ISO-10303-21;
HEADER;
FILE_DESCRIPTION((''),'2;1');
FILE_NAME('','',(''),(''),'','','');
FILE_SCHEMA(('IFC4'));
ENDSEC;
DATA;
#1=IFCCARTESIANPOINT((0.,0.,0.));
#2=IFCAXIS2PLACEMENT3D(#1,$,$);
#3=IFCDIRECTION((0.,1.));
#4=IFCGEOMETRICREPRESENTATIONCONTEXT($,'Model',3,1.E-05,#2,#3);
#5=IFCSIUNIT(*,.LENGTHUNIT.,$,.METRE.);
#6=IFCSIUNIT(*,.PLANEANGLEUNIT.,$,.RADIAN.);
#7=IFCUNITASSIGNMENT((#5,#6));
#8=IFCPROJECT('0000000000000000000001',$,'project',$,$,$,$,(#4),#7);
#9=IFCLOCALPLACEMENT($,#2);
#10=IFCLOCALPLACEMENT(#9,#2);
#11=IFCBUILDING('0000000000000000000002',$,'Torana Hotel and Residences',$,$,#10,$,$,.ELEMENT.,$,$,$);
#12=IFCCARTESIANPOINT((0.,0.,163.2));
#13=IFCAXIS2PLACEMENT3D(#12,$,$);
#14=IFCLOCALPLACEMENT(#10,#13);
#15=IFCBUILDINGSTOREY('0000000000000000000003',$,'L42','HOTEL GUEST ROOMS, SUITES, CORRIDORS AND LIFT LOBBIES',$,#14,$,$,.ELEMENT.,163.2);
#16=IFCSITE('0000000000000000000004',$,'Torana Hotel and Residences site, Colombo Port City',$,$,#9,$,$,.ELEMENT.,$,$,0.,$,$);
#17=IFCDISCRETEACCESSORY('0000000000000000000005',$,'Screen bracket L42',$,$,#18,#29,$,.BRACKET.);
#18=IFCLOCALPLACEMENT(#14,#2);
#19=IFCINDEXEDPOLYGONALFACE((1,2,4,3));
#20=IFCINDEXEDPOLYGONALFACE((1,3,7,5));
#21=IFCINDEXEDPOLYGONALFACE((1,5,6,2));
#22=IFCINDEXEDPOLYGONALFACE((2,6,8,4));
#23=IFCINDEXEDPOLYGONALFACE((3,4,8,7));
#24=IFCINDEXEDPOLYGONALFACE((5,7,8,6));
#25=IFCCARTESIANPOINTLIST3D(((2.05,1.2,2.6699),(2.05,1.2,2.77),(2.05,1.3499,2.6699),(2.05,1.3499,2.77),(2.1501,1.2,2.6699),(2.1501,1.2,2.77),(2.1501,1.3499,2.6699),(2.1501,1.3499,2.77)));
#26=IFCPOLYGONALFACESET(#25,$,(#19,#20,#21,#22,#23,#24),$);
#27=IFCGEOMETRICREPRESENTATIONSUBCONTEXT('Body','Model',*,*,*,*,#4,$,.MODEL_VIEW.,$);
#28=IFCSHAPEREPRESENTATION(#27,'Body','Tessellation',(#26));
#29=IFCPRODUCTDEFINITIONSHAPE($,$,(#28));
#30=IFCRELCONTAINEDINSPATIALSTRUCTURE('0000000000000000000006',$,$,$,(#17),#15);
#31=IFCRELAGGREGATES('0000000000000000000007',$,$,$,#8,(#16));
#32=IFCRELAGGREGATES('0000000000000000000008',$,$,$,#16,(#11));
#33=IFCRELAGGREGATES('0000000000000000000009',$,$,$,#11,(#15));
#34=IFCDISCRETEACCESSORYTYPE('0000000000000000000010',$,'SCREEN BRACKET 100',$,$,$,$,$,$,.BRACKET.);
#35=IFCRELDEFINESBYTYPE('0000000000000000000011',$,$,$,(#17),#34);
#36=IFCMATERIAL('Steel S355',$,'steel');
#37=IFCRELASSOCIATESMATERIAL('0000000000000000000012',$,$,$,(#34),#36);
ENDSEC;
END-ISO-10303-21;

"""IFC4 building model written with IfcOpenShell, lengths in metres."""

from ifc_helpers import new_model, si_unit, direction, frame, origin, origin_2d, place, context, subcontext, project, spatial, rectangle, extrude, material, type_object, element, save


model = new_model("IFC4")

# Units and contexts
model_context = context("Model", 3, precision=1e-05, world=origin(), true_north=direction((0.0, 1.0)))
body_context = subcontext(model_context, "Body", "Model", "MODEL_VIEW")
ifc_project = project(units=[si_unit("LENGTHUNIT", "METRE"), si_unit("PLANEANGLEUNIT", "RADIAN")], contexts=[model_context])

# Site, building, storey
site_placement = place(None, origin())
site = spatial("IfcSite", under=ifc_project, at=site_placement, Name="Torana Hotel and Residences site, Colombo Port City", CompositionType="ELEMENT", RefElevation=0.0)
building_placement = place(site_placement, origin())
building = spatial("IfcBuilding", under=site, at=building_placement, Name="Torana Hotel and Residences", CompositionType="ELEMENT")
storey_placement = place(building_placement, frame((0.0, 0.0, 163.2)))
storey = spatial("IfcBuildingStorey", under=building, at=storey_placement, Name="L42", Description="HOTEL GUEST ROOMS, SUITES, CORRIDORS AND LIFT LOBBIES", CompositionType="ELEMENT", Elevation=163.2)

# Discrete accessory
ifc_material_1 = material(Name="Steel S355", Category="steel")
discrete_accessory_type = type_object("IfcDiscreteAccessoryType", Name="SCREEN BRACKET 100", PredefinedType="BRACKET", material=ifc_material_1)
for number, where, z_axis, x_axis, name in (
    (1, (2.1001, 1.2749, 2.6699), (0.0, 0.0, 1.0), (-1.0, 0.0, 0.0), "Screen bracket L42"),
):
    element("IfcDiscreteAccessory", number, at=place(storey_placement, frame(where, z_axis=z_axis, x_axis=x_axis)), inside=storey, type_object=discrete_accessory_type, Name=name, PredefinedType="BRACKET", context=body_context, shape_type="SweptSolid", body=[
        extrude(rectangle(XDim=0.1001, YDim=0.1499, at=origin_2d()), origin(), (0.0, 0.0, 1.0), 0.1001),
    ])

save(model, "model.ifc")
